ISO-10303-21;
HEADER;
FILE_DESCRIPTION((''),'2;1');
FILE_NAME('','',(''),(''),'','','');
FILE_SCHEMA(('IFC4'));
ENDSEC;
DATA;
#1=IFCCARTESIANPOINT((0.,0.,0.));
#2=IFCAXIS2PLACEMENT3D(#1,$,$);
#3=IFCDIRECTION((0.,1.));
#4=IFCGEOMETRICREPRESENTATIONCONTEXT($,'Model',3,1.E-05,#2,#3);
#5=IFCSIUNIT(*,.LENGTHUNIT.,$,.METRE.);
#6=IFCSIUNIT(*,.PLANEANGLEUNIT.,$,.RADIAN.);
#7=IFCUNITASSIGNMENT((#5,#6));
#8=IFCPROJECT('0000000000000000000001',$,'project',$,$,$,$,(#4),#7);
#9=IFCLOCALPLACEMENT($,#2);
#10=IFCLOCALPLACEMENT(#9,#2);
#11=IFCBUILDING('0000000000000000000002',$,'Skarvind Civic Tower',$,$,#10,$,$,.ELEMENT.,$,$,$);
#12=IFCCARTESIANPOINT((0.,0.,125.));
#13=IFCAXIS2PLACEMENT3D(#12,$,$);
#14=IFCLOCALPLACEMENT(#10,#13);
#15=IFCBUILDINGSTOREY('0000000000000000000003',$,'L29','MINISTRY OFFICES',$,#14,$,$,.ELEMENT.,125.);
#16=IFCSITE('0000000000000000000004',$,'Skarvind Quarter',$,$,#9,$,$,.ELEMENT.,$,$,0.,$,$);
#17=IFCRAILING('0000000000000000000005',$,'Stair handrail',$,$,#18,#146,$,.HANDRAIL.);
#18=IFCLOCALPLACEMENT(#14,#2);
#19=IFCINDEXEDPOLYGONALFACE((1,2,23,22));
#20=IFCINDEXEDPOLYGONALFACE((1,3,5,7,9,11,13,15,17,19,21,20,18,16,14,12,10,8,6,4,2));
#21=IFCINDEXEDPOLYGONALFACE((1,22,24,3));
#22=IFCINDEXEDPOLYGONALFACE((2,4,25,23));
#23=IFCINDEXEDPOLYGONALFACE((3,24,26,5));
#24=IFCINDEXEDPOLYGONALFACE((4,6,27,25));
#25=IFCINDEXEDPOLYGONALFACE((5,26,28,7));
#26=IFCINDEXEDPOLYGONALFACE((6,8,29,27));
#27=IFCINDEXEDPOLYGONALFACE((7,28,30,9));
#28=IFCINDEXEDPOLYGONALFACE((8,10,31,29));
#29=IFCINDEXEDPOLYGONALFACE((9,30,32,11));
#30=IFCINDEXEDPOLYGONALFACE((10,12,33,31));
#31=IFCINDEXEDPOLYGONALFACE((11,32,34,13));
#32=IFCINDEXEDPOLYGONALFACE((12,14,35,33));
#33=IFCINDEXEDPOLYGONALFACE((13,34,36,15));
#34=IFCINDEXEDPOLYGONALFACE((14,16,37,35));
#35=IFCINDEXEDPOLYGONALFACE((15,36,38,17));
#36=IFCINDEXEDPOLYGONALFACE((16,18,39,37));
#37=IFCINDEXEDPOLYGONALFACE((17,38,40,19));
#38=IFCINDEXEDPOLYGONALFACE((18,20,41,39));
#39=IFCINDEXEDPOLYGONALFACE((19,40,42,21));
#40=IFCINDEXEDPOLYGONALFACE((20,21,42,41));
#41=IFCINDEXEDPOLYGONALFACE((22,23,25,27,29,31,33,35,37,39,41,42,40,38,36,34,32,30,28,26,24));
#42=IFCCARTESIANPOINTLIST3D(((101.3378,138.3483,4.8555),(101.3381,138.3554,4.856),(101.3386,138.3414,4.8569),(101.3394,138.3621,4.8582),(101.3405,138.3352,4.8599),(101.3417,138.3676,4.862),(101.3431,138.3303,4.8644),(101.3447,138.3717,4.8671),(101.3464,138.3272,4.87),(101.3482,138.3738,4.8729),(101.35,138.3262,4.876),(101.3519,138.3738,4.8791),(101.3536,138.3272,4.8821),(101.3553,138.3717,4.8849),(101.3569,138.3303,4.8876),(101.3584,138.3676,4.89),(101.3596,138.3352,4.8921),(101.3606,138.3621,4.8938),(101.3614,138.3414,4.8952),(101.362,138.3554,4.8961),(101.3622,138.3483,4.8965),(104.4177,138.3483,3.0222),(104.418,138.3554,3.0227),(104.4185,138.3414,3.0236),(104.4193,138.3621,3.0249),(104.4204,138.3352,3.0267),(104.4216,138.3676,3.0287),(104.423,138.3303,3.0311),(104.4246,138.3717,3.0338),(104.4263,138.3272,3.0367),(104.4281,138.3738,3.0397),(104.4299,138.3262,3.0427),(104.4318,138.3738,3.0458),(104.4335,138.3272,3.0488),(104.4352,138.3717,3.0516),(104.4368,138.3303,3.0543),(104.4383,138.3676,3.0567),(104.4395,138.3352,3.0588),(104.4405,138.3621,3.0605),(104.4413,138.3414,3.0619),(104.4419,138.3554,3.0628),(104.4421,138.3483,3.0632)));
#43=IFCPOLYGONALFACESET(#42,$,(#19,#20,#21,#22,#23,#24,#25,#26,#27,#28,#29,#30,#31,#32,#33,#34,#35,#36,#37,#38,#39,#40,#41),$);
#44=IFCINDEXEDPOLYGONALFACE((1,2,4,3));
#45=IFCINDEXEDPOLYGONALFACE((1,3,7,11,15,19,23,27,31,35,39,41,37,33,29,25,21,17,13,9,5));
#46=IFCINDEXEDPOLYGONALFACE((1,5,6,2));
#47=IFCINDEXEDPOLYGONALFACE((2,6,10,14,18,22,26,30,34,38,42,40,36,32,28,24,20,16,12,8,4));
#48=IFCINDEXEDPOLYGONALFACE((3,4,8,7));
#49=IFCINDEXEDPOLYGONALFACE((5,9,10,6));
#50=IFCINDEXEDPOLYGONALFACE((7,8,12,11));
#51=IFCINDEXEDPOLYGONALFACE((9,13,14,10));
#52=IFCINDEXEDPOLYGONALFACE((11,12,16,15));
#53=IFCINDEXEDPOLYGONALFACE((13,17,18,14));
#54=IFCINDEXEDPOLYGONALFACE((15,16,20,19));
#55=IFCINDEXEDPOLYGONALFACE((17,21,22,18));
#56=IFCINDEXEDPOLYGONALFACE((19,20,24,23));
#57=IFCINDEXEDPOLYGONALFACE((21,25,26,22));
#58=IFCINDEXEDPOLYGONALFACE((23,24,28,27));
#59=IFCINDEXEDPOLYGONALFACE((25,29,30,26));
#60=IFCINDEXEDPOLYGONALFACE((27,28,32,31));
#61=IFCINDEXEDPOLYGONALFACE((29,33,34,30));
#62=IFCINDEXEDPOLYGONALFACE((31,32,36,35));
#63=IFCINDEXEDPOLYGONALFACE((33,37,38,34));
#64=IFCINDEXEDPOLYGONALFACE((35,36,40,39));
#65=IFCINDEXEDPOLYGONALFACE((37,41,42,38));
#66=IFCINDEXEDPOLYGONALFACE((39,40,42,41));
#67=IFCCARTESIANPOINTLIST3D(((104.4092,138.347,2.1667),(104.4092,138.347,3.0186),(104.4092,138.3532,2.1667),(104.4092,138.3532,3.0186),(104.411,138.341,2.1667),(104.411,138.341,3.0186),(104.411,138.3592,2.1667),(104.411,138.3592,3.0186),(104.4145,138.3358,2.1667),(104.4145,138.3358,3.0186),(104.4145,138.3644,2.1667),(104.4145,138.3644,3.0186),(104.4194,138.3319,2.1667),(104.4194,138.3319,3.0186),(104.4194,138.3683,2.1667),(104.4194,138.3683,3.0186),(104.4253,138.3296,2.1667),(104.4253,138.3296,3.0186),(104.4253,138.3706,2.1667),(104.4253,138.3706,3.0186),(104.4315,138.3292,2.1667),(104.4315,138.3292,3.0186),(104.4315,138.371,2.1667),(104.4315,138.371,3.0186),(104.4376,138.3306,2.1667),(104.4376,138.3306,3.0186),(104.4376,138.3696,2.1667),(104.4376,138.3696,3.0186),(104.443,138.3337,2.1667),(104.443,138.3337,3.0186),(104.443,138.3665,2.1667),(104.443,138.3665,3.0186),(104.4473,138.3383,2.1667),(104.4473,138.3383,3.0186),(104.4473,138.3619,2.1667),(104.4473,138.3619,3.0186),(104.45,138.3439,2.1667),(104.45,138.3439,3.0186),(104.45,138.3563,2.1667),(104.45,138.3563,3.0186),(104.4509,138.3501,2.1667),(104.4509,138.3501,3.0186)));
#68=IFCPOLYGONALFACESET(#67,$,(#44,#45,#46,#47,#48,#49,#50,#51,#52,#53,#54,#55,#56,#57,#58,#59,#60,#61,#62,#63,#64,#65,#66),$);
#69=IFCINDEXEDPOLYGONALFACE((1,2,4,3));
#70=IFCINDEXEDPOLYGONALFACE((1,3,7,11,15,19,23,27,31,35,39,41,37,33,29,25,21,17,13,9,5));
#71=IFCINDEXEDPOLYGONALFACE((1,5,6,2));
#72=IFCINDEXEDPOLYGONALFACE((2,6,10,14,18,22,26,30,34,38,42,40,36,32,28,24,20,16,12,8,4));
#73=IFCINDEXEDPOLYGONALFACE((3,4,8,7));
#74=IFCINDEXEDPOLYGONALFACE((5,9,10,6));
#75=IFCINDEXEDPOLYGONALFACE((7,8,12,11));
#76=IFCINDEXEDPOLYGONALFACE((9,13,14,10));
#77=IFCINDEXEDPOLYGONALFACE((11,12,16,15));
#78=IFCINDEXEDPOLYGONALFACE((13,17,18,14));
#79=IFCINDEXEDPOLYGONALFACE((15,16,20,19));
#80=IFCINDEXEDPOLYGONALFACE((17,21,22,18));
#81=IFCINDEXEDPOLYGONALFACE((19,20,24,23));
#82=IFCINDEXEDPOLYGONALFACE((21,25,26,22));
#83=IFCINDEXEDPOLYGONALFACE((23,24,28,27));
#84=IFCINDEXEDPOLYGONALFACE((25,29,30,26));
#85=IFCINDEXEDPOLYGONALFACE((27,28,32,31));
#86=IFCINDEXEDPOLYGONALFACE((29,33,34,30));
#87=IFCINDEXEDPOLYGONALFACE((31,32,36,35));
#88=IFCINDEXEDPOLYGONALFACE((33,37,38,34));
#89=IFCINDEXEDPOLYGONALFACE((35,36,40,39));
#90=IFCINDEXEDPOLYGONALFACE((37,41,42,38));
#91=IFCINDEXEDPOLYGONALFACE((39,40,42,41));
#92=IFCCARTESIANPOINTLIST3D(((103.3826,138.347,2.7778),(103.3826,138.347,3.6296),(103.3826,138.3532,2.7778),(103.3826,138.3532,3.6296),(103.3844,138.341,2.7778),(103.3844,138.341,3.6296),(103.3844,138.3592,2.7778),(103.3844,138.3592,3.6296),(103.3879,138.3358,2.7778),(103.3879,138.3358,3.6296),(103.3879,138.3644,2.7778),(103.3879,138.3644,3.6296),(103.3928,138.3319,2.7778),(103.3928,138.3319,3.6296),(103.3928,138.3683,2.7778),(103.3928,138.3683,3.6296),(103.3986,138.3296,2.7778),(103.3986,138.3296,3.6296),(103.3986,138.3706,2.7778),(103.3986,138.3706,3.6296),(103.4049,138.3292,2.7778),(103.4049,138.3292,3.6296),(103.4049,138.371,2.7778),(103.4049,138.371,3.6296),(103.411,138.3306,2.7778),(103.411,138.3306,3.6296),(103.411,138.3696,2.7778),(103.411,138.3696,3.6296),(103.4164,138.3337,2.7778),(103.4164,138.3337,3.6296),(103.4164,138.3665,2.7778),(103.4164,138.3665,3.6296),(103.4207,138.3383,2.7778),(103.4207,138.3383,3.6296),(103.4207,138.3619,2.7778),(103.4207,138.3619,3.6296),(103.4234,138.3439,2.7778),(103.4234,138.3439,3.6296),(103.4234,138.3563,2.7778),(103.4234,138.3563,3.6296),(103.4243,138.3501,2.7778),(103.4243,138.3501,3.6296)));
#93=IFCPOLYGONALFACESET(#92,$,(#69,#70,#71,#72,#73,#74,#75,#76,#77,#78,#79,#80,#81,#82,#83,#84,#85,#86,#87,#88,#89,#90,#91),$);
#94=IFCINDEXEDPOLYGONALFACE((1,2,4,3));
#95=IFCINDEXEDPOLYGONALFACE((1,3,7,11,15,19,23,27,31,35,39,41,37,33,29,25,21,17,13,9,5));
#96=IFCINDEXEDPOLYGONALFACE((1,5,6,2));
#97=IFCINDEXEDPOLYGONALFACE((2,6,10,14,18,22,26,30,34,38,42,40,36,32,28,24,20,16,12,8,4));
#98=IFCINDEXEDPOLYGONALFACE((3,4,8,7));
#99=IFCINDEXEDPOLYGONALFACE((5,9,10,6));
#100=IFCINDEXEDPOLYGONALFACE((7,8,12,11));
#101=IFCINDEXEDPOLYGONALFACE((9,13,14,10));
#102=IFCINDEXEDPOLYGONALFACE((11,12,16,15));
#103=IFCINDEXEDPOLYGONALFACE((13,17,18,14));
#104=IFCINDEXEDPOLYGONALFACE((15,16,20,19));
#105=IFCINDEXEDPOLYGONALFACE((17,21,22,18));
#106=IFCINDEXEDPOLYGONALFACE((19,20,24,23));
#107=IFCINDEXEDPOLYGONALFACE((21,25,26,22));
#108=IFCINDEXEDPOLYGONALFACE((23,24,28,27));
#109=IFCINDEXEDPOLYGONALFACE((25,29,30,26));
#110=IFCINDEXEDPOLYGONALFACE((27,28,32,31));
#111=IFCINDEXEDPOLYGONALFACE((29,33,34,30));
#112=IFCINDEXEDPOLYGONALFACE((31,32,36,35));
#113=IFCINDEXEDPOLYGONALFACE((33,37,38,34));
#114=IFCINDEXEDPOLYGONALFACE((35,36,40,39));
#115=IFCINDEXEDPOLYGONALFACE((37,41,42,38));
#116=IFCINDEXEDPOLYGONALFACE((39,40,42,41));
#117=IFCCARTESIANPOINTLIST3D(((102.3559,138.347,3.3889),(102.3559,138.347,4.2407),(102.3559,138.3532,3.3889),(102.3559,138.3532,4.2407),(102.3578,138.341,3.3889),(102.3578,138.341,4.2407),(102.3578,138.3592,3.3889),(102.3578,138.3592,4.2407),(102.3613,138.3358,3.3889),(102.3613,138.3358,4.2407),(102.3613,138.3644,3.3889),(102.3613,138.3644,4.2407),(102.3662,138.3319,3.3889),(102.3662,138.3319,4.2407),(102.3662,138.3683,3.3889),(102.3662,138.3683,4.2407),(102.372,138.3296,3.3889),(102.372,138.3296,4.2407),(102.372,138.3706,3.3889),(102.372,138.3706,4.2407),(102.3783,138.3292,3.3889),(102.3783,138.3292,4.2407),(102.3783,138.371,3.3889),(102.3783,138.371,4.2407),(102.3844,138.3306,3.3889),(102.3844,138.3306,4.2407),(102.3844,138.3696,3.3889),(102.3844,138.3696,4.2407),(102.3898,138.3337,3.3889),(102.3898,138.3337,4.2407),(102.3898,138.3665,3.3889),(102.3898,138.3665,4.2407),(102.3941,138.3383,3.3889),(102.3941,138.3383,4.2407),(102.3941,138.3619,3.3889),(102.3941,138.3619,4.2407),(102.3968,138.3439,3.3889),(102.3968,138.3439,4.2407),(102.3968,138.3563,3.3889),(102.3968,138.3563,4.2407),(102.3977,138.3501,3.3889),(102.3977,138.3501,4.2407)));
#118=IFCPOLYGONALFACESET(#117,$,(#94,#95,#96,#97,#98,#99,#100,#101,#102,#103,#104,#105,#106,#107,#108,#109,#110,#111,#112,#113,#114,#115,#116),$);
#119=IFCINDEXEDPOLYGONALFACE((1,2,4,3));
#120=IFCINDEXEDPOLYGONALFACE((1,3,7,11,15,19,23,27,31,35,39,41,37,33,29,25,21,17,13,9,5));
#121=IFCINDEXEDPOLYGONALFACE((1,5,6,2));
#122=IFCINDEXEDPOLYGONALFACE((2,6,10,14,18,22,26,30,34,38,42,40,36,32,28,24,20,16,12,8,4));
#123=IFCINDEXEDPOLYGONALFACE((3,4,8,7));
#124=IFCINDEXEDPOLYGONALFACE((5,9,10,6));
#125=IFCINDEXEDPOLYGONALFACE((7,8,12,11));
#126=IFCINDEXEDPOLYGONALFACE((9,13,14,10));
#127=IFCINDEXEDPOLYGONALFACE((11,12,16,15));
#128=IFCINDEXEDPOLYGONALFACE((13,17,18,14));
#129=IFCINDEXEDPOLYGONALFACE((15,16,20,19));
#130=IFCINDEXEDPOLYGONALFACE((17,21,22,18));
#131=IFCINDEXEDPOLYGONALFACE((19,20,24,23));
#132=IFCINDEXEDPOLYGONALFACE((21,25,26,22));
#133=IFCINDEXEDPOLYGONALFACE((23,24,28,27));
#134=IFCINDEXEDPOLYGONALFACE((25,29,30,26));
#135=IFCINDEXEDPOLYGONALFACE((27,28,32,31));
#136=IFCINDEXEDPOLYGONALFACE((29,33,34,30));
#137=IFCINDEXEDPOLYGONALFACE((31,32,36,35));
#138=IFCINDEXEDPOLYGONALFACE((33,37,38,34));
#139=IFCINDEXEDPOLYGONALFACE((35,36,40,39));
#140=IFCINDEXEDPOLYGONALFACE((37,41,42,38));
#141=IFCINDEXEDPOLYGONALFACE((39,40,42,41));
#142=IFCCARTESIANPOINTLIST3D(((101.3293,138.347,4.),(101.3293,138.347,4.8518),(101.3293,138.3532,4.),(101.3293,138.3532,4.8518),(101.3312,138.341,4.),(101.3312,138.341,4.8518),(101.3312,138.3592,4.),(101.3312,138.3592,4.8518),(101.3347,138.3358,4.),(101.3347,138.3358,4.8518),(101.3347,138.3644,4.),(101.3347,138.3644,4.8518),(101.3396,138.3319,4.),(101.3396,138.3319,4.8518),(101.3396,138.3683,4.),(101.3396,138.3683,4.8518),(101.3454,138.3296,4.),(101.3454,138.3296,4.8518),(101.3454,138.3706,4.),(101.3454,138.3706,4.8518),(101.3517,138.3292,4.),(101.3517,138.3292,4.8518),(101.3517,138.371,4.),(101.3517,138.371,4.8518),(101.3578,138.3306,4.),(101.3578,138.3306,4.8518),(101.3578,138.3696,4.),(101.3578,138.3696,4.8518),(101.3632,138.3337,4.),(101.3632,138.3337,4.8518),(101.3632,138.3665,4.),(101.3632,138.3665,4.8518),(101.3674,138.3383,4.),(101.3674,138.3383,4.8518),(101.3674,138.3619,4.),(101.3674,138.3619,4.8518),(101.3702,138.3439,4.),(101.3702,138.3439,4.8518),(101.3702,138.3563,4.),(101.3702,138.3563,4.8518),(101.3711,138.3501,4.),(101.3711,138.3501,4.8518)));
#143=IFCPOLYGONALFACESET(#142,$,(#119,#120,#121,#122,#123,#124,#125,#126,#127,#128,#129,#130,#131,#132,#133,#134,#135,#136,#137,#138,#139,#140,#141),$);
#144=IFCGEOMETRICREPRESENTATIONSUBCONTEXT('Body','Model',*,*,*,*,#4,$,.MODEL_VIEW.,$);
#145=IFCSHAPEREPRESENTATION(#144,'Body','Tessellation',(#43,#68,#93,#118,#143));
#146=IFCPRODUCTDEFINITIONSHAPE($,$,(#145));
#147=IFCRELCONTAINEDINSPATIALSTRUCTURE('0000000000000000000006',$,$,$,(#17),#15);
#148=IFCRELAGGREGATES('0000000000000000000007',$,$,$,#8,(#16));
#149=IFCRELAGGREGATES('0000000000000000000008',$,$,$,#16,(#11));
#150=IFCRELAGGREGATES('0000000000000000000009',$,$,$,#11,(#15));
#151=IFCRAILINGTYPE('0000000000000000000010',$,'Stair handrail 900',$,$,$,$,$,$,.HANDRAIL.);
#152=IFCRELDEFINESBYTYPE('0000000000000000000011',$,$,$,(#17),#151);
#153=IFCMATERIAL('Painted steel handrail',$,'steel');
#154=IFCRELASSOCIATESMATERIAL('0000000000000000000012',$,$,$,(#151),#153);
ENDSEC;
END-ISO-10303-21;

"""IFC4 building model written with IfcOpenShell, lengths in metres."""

from ifc_helpers import new_model, si_unit, direction, frame, origin, origin_2d, place, context, subcontext, project, spatial, circle, extrude, material, type_object, element, save


model = new_model("IFC4")

# Units and contexts
model_context = context("Model", 3, precision=1e-05, world=origin(), true_north=direction((0.0, 1.0)))
body_context = subcontext(model_context, "Body", "Model", "MODEL_VIEW")
ifc_project = project(units=[si_unit("LENGTHUNIT", "METRE"), si_unit("PLANEANGLEUNIT", "RADIAN")], contexts=[model_context])

# Site, building, storey
site_placement = place(None, origin())
site = spatial("IfcSite", under=ifc_project, at=site_placement, Name="Skarvind Quarter", CompositionType="ELEMENT", RefElevation=0.0)
building_placement = place(site_placement, origin())
building = spatial("IfcBuilding", under=site, at=building_placement, Name="Skarvind Civic Tower", CompositionType="ELEMENT")
storey_placement = place(building_placement, frame((0.0, 0.0, 125.0)))
storey = spatial("IfcBuildingStorey", under=building, at=storey_placement, Name="L29", Description="MINISTRY OFFICES", CompositionType="ELEMENT", Elevation=125.0)

# Railing
ifc_material_1 = material(Name="Painted steel handrail", Category="steel")
railing_type = type_object("IfcRailingType", Name="Stair handrail 900", PredefinedType="HANDRAIL", material=ifc_material_1)
railing_1_placement = place(storey_placement, frame((104.4299, 138.3501, 2.1667)))
element("IfcRailing", 1, at=railing_1_placement, inside=storey, type_object=railing_type, Name="Stair handrail", PredefinedType="HANDRAIL", context=body_context, shape_type="SweptSolid", body=[
    extrude(circle(Radius=0.0239, at=origin_2d()), frame((0.0, 0.0, 0.876), z_axis=(-0.859291, 0.0, 0.511487), x_axis=(0.0, -1.0, 0.0)), (0.0, 0.0, 1.0), 3.5842),
    extrude(circle(Radius=0.021, at=origin_2d()), origin(), (0.0, 0.0, 1.0), 0.8518),
    extrude(circle(Radius=0.021, at=origin_2d()), frame((-1.0266, 0.0, 0.6111)), (0.0, 0.0, 1.0), 0.8518),
    extrude(circle(Radius=0.021, at=origin_2d()), frame((-2.0532, 0.0, 1.2222)), (0.0, 0.0, 1.0), 0.8518),
    extrude(circle(Radius=0.021, at=origin_2d()), frame((-3.0798, 0.0, 1.8333)), (0.0, 0.0, 1.0), 0.8518),
])

save(model, "model.ifc")
